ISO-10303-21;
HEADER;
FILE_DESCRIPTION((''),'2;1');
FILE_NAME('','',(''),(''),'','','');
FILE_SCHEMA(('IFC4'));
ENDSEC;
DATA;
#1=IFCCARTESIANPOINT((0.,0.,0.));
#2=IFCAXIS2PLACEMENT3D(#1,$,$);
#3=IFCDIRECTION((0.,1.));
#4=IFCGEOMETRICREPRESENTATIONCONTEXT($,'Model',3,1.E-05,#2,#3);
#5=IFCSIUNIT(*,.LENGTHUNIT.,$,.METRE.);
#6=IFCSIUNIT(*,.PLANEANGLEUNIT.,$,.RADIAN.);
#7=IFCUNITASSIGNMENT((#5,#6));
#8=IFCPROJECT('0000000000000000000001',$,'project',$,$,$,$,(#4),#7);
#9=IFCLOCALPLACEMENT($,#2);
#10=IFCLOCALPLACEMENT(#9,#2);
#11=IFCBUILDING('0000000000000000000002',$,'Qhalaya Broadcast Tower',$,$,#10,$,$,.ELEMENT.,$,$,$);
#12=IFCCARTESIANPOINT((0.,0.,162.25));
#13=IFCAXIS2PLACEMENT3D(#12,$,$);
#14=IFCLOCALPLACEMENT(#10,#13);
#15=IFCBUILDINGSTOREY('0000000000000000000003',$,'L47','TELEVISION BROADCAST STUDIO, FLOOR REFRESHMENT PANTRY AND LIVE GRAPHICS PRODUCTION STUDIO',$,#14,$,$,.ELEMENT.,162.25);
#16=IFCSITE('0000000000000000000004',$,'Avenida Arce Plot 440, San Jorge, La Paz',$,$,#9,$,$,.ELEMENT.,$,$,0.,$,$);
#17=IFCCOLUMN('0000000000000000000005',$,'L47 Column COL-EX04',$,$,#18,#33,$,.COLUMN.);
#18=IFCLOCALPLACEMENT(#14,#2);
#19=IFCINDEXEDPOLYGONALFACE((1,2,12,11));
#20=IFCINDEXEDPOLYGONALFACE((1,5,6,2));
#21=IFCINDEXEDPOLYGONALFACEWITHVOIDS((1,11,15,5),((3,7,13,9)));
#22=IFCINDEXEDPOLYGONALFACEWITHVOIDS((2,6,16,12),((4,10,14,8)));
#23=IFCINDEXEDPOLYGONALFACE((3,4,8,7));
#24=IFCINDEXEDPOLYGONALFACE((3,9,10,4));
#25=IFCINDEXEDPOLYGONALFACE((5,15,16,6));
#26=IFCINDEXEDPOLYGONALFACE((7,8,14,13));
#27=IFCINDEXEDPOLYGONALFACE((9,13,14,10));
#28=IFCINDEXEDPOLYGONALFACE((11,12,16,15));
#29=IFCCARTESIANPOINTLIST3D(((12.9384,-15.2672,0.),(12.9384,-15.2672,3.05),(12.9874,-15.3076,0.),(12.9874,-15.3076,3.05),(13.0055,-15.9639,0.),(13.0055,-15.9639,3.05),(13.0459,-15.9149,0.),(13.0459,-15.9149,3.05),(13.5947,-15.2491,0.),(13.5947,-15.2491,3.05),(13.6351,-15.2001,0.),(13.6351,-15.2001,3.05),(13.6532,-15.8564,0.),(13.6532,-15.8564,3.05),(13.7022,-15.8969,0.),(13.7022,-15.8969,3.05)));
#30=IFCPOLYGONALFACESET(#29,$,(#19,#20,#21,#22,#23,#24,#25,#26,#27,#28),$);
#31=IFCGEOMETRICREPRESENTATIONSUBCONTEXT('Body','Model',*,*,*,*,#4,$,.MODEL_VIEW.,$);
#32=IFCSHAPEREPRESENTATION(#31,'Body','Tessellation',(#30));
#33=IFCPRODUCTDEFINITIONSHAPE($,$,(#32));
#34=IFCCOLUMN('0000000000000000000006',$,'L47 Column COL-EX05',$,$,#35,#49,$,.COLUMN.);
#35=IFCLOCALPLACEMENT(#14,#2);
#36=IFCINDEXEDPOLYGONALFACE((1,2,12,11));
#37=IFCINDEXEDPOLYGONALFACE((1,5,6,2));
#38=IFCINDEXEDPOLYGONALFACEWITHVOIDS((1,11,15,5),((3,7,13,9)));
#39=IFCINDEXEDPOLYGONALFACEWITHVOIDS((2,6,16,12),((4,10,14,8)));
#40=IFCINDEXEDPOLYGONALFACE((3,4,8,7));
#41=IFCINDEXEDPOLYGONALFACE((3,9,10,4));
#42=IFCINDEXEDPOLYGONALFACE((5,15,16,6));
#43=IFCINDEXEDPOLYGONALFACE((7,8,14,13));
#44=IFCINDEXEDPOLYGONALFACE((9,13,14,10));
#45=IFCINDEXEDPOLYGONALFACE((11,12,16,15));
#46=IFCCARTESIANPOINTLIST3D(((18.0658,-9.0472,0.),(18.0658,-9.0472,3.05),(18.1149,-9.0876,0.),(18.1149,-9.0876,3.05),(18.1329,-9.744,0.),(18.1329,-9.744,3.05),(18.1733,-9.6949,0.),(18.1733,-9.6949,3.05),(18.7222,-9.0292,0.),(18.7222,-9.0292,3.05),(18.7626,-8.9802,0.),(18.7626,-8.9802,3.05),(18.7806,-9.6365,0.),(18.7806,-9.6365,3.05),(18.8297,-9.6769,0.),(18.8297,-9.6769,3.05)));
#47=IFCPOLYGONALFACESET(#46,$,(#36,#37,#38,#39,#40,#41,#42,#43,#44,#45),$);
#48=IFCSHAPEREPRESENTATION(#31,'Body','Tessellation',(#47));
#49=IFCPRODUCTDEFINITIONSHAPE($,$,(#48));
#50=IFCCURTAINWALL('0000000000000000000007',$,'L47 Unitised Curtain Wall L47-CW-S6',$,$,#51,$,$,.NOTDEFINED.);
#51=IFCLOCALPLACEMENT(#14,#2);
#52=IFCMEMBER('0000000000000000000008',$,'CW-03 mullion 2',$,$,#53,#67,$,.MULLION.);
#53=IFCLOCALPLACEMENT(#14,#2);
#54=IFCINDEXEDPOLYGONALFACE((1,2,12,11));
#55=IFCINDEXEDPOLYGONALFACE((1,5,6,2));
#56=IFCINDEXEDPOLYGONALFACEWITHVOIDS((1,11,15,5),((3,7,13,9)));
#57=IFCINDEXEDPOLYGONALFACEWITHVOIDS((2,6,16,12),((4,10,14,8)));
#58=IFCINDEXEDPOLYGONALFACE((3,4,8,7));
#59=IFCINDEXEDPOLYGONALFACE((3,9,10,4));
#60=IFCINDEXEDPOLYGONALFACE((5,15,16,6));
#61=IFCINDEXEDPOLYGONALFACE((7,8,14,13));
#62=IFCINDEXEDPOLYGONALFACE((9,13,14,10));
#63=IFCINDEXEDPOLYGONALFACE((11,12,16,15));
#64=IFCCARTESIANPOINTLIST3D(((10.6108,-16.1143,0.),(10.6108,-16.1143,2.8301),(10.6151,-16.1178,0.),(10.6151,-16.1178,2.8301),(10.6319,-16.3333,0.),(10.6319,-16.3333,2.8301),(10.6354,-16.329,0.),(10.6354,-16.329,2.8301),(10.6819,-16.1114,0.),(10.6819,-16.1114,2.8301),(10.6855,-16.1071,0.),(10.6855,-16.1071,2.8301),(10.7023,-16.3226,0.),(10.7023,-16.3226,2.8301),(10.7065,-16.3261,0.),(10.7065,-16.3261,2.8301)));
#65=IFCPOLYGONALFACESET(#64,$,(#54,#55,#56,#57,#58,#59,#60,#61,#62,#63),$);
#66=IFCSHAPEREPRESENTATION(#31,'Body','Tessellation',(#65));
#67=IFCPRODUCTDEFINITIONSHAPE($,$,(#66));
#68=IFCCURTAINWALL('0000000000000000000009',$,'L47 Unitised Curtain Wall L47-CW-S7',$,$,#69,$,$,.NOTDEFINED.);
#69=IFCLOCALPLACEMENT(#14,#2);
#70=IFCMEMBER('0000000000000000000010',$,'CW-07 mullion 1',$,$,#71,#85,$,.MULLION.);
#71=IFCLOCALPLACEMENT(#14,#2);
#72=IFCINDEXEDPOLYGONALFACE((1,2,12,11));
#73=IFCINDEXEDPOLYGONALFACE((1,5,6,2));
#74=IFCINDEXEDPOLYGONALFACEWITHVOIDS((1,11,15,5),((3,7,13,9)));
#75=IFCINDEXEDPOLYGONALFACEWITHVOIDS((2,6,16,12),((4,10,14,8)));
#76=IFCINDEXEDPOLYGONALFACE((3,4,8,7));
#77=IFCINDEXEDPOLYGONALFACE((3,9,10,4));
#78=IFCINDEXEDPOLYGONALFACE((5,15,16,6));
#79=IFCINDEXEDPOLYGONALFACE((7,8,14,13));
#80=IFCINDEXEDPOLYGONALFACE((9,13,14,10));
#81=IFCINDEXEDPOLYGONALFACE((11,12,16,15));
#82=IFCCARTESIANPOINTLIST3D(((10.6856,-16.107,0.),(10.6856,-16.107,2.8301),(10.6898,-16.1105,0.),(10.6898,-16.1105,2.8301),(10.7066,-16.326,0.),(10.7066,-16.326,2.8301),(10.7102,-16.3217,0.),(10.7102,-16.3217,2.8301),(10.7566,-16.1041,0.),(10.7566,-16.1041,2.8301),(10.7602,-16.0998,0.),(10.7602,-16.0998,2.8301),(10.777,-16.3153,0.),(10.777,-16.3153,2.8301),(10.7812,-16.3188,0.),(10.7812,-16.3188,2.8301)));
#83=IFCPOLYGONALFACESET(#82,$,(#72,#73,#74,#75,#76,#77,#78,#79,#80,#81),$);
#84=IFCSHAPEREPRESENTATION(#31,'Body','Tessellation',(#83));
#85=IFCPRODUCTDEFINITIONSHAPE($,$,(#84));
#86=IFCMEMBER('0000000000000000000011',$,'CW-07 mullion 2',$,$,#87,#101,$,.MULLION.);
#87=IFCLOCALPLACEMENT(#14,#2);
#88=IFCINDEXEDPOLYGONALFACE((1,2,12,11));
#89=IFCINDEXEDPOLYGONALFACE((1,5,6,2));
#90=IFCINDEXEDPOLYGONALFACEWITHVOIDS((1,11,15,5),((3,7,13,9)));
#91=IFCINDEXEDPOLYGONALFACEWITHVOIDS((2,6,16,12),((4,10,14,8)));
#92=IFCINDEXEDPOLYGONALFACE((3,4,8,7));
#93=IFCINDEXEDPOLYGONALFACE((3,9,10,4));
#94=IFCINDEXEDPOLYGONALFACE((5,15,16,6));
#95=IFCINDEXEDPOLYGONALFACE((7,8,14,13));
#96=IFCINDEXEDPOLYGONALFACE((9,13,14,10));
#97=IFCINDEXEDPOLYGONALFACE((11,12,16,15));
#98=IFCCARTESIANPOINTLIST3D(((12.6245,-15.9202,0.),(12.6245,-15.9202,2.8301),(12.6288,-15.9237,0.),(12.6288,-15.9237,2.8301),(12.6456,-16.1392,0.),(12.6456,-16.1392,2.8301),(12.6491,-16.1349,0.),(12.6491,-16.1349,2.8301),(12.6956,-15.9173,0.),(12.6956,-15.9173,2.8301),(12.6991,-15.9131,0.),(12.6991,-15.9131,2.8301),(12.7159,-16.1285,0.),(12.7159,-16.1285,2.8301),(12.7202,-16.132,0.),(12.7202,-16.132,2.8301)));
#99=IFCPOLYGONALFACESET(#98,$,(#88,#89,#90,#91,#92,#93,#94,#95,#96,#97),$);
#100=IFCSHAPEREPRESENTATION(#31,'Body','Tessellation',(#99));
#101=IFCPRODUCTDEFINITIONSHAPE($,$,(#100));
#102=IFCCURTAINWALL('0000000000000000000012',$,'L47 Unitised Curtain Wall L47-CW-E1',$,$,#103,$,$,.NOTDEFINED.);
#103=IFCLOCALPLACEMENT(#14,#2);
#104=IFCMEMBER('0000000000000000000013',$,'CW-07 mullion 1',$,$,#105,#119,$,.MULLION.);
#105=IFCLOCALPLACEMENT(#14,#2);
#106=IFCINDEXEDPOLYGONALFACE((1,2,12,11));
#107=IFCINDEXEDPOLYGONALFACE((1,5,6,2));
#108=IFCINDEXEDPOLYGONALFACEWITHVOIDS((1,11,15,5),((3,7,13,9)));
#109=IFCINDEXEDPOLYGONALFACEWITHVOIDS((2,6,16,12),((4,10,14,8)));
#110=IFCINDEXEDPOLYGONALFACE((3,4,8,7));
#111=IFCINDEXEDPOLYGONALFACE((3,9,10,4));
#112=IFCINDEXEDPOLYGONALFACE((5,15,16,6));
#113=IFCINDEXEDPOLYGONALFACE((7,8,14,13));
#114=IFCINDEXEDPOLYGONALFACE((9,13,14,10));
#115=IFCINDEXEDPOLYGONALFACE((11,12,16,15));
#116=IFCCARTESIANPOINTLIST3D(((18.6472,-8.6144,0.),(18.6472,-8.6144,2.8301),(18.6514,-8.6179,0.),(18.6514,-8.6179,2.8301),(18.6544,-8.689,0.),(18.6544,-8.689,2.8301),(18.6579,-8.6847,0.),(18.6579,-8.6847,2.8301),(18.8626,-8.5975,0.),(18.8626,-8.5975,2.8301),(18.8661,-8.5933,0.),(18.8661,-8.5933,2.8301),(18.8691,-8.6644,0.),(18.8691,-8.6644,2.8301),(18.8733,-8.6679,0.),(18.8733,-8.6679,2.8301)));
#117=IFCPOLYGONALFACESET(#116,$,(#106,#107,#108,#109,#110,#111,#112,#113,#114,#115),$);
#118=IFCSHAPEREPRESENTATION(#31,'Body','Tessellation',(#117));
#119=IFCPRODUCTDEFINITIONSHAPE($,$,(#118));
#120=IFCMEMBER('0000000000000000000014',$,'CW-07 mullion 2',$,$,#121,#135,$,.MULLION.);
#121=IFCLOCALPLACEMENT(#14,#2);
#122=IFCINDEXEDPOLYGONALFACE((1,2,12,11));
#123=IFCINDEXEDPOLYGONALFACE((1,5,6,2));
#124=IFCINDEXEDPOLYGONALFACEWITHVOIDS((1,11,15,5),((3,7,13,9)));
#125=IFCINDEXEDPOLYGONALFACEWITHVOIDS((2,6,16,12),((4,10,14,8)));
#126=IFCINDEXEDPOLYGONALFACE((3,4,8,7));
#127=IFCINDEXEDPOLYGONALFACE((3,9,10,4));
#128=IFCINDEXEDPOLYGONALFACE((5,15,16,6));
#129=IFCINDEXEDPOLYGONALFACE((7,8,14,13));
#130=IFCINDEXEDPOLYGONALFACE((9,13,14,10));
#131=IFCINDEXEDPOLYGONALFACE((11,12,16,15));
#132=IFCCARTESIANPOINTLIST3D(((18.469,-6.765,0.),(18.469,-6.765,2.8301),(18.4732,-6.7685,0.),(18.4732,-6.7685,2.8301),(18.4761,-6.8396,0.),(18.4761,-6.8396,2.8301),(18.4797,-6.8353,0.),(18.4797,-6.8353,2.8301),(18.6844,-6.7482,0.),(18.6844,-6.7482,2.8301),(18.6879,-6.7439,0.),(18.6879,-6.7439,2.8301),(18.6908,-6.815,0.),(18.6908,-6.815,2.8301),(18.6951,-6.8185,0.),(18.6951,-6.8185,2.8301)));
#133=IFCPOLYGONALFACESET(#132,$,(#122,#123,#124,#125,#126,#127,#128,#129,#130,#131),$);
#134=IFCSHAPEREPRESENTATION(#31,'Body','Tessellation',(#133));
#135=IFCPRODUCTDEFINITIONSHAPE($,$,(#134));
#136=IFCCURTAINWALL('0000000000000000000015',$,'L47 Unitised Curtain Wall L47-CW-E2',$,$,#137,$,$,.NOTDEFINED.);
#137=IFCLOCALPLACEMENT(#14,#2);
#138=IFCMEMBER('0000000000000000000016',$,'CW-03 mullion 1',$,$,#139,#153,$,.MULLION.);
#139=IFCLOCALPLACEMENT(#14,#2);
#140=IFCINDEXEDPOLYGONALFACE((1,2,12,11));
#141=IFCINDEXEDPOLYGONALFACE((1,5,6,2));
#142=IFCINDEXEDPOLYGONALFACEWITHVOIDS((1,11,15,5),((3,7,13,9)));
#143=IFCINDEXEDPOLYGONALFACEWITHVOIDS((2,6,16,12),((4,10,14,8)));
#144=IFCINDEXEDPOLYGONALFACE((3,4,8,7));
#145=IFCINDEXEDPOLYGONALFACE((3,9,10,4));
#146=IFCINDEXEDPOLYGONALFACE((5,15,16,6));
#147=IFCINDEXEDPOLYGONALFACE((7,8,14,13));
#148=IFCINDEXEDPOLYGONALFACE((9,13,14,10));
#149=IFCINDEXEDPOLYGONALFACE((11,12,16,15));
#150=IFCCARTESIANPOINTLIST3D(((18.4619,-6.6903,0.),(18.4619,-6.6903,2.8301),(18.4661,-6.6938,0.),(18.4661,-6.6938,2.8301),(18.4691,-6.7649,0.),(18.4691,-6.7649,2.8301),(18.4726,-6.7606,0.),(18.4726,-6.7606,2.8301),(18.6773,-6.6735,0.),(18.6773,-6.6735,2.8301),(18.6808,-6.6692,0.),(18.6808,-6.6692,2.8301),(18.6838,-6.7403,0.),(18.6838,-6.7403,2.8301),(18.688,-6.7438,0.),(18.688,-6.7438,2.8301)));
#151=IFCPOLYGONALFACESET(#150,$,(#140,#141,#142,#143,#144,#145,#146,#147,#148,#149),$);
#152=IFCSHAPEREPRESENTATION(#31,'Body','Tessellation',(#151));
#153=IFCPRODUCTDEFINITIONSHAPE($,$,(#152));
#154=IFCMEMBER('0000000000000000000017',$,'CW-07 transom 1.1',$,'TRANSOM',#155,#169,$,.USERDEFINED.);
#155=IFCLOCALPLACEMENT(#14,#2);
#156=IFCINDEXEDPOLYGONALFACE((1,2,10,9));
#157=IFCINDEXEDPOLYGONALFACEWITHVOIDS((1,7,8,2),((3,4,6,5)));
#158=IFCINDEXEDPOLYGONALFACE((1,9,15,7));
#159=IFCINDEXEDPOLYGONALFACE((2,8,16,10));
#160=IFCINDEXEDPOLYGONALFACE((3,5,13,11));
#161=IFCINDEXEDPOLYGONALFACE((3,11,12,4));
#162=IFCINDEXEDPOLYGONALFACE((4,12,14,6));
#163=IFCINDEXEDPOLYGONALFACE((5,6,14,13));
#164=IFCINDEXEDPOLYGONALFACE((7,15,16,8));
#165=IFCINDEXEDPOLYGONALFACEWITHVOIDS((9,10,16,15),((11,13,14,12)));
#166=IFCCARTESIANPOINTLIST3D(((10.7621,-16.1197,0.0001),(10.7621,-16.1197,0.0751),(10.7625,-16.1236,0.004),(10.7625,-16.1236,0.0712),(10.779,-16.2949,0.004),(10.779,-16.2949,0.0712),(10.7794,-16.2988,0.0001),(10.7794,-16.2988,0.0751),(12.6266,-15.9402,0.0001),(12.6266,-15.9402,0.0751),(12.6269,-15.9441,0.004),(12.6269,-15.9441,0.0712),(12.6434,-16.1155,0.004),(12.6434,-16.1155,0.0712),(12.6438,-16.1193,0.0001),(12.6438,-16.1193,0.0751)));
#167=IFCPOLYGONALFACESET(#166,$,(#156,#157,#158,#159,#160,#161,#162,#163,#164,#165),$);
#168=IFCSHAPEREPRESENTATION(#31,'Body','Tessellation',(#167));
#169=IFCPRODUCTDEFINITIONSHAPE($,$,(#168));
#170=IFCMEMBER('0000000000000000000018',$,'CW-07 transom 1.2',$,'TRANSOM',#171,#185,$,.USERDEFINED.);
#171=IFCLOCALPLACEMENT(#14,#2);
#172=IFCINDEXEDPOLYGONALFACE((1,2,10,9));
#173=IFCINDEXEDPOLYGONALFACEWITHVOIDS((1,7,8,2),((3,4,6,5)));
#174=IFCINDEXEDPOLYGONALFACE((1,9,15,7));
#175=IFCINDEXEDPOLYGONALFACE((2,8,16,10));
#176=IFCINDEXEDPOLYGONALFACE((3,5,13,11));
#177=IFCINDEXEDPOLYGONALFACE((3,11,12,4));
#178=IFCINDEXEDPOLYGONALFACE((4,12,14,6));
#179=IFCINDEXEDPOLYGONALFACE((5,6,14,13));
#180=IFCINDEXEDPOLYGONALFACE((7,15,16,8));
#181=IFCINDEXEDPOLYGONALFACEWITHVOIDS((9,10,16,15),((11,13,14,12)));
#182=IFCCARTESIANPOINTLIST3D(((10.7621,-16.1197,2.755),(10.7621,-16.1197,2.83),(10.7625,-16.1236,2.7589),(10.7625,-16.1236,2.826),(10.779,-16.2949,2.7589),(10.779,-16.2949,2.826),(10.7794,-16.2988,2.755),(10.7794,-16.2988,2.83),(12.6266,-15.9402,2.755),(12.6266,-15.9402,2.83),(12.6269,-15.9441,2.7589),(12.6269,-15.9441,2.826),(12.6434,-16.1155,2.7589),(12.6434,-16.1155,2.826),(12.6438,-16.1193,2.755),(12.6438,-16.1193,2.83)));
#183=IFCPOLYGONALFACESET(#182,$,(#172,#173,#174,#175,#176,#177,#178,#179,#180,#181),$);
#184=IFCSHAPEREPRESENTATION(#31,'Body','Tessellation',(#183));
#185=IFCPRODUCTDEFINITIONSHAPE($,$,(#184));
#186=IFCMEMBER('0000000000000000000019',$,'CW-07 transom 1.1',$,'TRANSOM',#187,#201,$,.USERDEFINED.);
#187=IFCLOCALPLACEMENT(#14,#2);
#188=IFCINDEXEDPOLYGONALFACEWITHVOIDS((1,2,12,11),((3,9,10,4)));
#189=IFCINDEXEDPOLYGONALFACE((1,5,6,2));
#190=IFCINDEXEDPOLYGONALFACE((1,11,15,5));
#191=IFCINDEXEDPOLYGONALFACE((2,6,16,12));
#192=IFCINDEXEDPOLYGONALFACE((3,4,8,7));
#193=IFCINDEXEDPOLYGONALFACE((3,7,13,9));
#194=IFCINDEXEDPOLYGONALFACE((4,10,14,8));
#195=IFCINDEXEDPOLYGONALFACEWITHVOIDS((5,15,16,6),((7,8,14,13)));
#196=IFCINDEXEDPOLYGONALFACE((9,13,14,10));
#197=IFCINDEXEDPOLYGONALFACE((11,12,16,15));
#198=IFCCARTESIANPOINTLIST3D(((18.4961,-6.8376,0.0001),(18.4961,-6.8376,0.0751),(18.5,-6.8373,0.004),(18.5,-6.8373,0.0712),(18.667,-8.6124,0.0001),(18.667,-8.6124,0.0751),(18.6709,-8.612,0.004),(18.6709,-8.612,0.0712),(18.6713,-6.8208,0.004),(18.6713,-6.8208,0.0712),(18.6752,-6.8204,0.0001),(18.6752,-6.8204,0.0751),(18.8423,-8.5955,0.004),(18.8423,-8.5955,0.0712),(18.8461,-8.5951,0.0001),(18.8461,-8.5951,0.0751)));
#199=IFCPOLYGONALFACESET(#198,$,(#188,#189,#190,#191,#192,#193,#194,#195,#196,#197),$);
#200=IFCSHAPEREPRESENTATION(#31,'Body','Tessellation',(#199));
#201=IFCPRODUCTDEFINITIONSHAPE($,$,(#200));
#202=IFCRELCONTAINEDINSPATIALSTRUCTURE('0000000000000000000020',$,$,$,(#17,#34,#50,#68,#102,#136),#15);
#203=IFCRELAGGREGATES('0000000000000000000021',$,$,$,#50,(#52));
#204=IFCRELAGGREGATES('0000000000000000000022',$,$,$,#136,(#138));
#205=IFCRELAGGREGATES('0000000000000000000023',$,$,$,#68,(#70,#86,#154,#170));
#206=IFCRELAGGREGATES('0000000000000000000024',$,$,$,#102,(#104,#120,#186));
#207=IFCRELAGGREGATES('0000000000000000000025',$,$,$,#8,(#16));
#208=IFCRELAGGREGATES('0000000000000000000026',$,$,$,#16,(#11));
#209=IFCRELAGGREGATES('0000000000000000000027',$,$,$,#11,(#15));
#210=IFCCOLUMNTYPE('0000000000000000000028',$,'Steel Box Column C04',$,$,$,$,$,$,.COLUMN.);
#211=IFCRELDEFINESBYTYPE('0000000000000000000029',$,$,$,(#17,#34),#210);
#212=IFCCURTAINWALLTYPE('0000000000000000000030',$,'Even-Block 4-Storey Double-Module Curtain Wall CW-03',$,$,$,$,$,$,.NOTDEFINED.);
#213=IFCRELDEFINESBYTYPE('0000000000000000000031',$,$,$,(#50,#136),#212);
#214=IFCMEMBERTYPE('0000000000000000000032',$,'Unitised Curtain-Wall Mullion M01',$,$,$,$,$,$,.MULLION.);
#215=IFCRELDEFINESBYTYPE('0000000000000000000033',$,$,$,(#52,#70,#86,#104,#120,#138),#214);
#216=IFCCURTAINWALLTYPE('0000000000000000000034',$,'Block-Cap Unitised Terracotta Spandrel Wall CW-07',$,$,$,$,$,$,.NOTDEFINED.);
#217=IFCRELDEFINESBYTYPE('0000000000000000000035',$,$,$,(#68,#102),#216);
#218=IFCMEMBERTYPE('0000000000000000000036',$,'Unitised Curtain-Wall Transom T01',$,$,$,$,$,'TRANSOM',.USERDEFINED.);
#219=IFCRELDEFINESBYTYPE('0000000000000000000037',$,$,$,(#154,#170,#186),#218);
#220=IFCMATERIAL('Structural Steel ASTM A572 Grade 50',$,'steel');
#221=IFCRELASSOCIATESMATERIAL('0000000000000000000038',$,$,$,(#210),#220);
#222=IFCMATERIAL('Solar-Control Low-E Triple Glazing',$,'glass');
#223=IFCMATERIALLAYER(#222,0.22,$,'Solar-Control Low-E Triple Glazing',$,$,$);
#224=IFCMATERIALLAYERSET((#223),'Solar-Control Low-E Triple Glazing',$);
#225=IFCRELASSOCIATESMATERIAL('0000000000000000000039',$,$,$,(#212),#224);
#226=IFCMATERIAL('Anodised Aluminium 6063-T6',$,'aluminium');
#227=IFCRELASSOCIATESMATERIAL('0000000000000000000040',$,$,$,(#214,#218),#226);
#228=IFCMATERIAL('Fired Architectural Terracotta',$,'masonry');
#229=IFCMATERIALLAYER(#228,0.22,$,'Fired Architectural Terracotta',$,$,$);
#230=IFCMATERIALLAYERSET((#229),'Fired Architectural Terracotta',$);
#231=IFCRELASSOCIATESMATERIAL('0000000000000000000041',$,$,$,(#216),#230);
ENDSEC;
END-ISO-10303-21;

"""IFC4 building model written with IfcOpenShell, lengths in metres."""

from ifc_helpers import new_model, si_unit, direction, frame, origin, origin_2d, place, context, subcontext, project, spatial, hollow_rectangle, extrude, material, layer, layer_set, material_profile, profile_set, type_object, element, aggregate, save


model = new_model("IFC4")

# Units and contexts
model_context = context("Model", 3, precision=1e-05, world=origin(), true_north=direction((0.0, 1.0)))
body_context = subcontext(model_context, "Body", "Model", "MODEL_VIEW")
ifc_project = project(units=[si_unit("LENGTHUNIT", "METRE"), si_unit("PLANEANGLEUNIT", "RADIAN")], contexts=[model_context])

# Site, building, storey
site_placement = place(None, origin())
site = spatial("IfcSite", under=ifc_project, at=site_placement, Name="Avenida Arce Plot 440, San Jorge, La Paz", CompositionType="ELEMENT", RefElevation=0.0)
building_placement = place(site_placement, origin())
building = spatial("IfcBuilding", under=site, at=building_placement, Name="Qhalaya Broadcast Tower", CompositionType="ELEMENT")
storey_placement = place(building_placement, frame((0.0, 0.0, 162.25)))
storey = spatial("IfcBuildingStorey", under=building, at=storey_placement, Name="L47", Description="TELEVISION BROADCAST STUDIO, FLOOR REFRESHMENT PANTRY AND LIVE GRAPHICS PRODUCTION STUDIO", CompositionType="ELEMENT", Elevation=162.25)

# Columns
ifc_material_1 = material(Name="Structural Steel ASTM A572 Grade 50", Category="steel")
ifc_material_profile_1 = material_profile(ifc_material_1, hollow_rectangle(XDim=0.7, YDim=0.7, WallThickness=0.0449, at=origin_2d()), Name="BOX 700x700x45")
ifc_profile_set_1 = profile_set([ifc_material_profile_1], Name="Structural Steel ASTM A572 Grade 50")
column_type = type_object("IfcColumnType", Name="Steel Box Column C04", PredefinedType="COLUMN", material=ifc_profile_set_1)
for number, where, z_axis, x_axis, name in (
    (1, (13.3203, -15.582, 0.0), (0.0, 0.0, 1.0), (0.995396, 0.095846, 0.0), "L47 Column COL-EX04"),
    (2, (18.4478, -9.3621, 0.0), (0.0, 0.0, 1.0), (-0.095846, 0.995396, 0.0), "L47 Column COL-EX05"),
):
    element("IfcColumn", number, at=place(storey_placement, frame(where, z_axis=z_axis, x_axis=x_axis)), inside=storey, type_object=column_type, Name=name, PredefinedType="COLUMN", context=body_context, shape_type="SweptSolid", body=[
        extrude(hollow_rectangle(XDim=0.7, YDim=0.7, WallThickness=0.0449, at=origin_2d()), origin(), (0.0, 0.0, 1.0), 3.05),
    ])

# Curtain wall, member
ifc_material_2 = material(Name="Solar-Control Low-E Triple Glazing", Category="glass")
ifc_layer_1 = layer(ifc_material_2, 0.22, Name="Solar-Control Low-E Triple Glazing")
ifc_layer_set_1 = layer_set([ifc_layer_1], Name="Solar-Control Low-E Triple Glazing")
curtain_wall_type_1 = type_object("IfcCurtainWallType", Name="Even-Block 4-Storey Double-Module Curtain Wall CW-03", PredefinedType="NOTDEFINED", material=ifc_layer_set_1)
curtain_wall_1_placement = place(storey_placement, origin())
curtain_wall_1 = element("IfcCurtainWall", 3, at=curtain_wall_1_placement, inside=storey, type_object=curtain_wall_type_1, Name="L47 Unitised Curtain Wall L47-CW-S6", PredefinedType="NOTDEFINED")
ifc_material_3 = material(Name="Anodised Aluminium 6063-T6", Category="aluminium")
ifc_material_profile_2 = material_profile(ifc_material_3, hollow_rectangle(XDim=0.075, YDim=0.22, WallThickness=0.0039, at=origin_2d()), Name="ALU-MUL 75x220x4")
ifc_profile_set_2 = profile_set([ifc_material_profile_2], Name="Anodised Aluminium 6063-T6")
member_type_1 = type_object("IfcMemberType", Name="Unitised Curtain-Wall Mullion M01", PredefinedType="MULLION", material=ifc_profile_set_2)
member_1_placement = place(storey_placement, frame((10.6587, -16.2202, 0.0), z_axis=(0.0, 0.0, 1.0), x_axis=(0.995397, 0.095839, 0.0)))
member_1 = element("IfcMember", 4, at=member_1_placement, type_object=member_type_1, Name="CW-03 mullion 2", PredefinedType="MULLION", context=body_context, shape_type="SweptSolid", body=[
    extrude(hollow_rectangle(XDim=0.075, YDim=0.22, WallThickness=0.0039, at=origin_2d()), origin(), (0.0, 0.0, 1.0), 2.8301),
])
aggregate(curtain_wall_1, [member_1])

# Curtain walls, members
ifc_material_4 = material(Name="Fired Architectural Terracotta", Category="masonry")
ifc_layer_2 = layer(ifc_material_4, 0.22, Name="Fired Architectural Terracotta")
ifc_layer_set_2 = layer_set([ifc_layer_2], Name="Fired Architectural Terracotta")
curtain_wall_type_2 = type_object("IfcCurtainWallType", Name="Block-Cap Unitised Terracotta Spandrel Wall CW-07", PredefinedType="NOTDEFINED", material=ifc_layer_set_2)
curtain_wall_2_placement = place(storey_placement, origin())
curtain_wall_2 = element("IfcCurtainWall", 5, at=curtain_wall_2_placement, inside=storey, type_object=curtain_wall_type_2, Name="L47 Unitised Curtain Wall L47-CW-S7", PredefinedType="NOTDEFINED")
member_2_placement = place(storey_placement, frame((10.7334, -16.2129, 0.0), z_axis=(0.0, 0.0, 1.0), x_axis=(0.995396, 0.095847, 0.0)))
member_2 = element("IfcMember", 6, at=member_2_placement, type_object=member_type_1, Name="CW-07 mullion 1", PredefinedType="MULLION", context=body_context, shape_type="SweptSolid", body=[
    extrude(hollow_rectangle(XDim=0.075, YDim=0.22, WallThickness=0.0039, at=origin_2d()), origin(), (0.0, 0.0, 1.0), 2.8301),
])
member_3_placement = place(storey_placement, frame((12.6724, -16.0261, 0.0), z_axis=(0.0, 0.0, 1.0), x_axis=(0.995396, 0.095847, 0.0)))
member_3 = element("IfcMember", 7, at=member_3_placement, type_object=member_type_1, Name="CW-07 mullion 2", PredefinedType="MULLION", context=body_context, shape_type="SweptSolid", body=[
    extrude(hollow_rectangle(XDim=0.075, YDim=0.22, WallThickness=0.0039, at=origin_2d()), origin(), (0.0, 0.0, 1.0), 2.8301),
])
curtain_wall_3_placement = place(storey_placement, origin())
curtain_wall_3 = element("IfcCurtainWall", 8, at=curtain_wall_3_placement, inside=storey, type_object=curtain_wall_type_2, Name="L47 Unitised Curtain Wall L47-CW-E1", PredefinedType="NOTDEFINED")
member_4_placement = place(storey_placement, frame((18.7603, -8.6411, 0.0), z_axis=(0.0, 0.0, 1.0), x_axis=(-0.095861, 0.995395, 0.0)))
member_4 = element("IfcMember", 9, at=member_4_placement, type_object=member_type_1, Name="CW-07 mullion 1", PredefinedType="MULLION", context=body_context, shape_type="SweptSolid", body=[
    extrude(hollow_rectangle(XDim=0.075, YDim=0.22, WallThickness=0.0039, at=origin_2d()), origin(), (0.0, 0.0, 1.0), 2.8301),
])
member_5_placement = place(storey_placement, frame((18.582, -6.7917, 0.0), z_axis=(0.0, 0.0, 1.0), x_axis=(-0.095861, 0.995395, 0.0)))
member_5 = element("IfcMember", 10, at=member_5_placement, type_object=member_type_1, Name="CW-07 mullion 2", PredefinedType="MULLION", context=body_context, shape_type="SweptSolid", body=[
    extrude(hollow_rectangle(XDim=0.075, YDim=0.22, WallThickness=0.0039, at=origin_2d()), origin(), (0.0, 0.0, 1.0), 2.8301),
])

# Curtain wall, member
curtain_wall_4_placement = place(storey_placement, origin())
curtain_wall_4 = element("IfcCurtainWall", 11, at=curtain_wall_4_placement, inside=storey, type_object=curtain_wall_type_1, Name="L47 Unitised Curtain Wall L47-CW-E2", PredefinedType="NOTDEFINED")
member_6_placement = place(storey_placement, frame((18.575, -6.717, 0.0), z_axis=(0.0, 0.0, 1.0), x_axis=(-0.095851, 0.995396, 0.0)))
member_6 = element("IfcMember", 12, at=member_6_placement, type_object=member_type_1, Name="CW-03 mullion 1", PredefinedType="MULLION", context=body_context, shape_type="SweptSolid", body=[
    extrude(hollow_rectangle(XDim=0.075, YDim=0.22, WallThickness=0.0039, at=origin_2d()), origin(), (0.0, 0.0, 1.0), 2.8301),
])
aggregate(curtain_wall_4, [member_6])

# Members
ifc_material_profile_3 = material_profile(ifc_material_3, hollow_rectangle(XDim=0.075, YDim=0.1799, WallThickness=0.0039, at=origin_2d()), Name="ALU-TRN 75x180x4")
ifc_profile_set_3 = profile_set([ifc_material_profile_3], Name="Anodised Aluminium 6063-T6")
member_type_2 = type_object("IfcMemberType", Name="Unitised Curtain-Wall Transom T01", ElementType="TRANSOM", PredefinedType="USERDEFINED", material=ifc_profile_set_3)
member_7_placement = place(storey_placement, frame((10.7708, -16.2092, 0.0376), z_axis=(0.995401, 0.095799, 0.0), x_axis=(0.0, 0.0, 1.0)))
member_7 = element("IfcMember", 13, at=member_7_placement, type_object=member_type_2, Name="CW-07 transom 1.1", ObjectType="TRANSOM", PredefinedType="USERDEFINED", context=body_context, shape_type="SweptSolid", body=[
    extrude(hollow_rectangle(XDim=0.075, YDim=0.1799, WallThickness=0.0039, at=origin_2d()), origin(), (0.0, 0.0, 1.0), 1.873),
])
member_8_placement = place(storey_placement, frame((10.7708, -16.2092, 2.7925), z_axis=(0.995401, 0.095799, 0.0), x_axis=(0.0, 0.0, 1.0)))
member_8 = element("IfcMember", 14, at=member_8_placement, type_object=member_type_2, Name="CW-07 transom 1.2", ObjectType="TRANSOM", PredefinedType="USERDEFINED", context=body_context, shape_type="SweptSolid", body=[
    extrude(hollow_rectangle(XDim=0.075, YDim=0.1799, WallThickness=0.0039, at=origin_2d()), origin(), (0.0, 0.0, 1.0), 1.873),
])
member_9_placement = place(storey_placement, frame((18.7566, -8.6038, 0.0376), z_axis=(-0.095856, 0.995395, 0.0), x_axis=(0.0, 0.0, 1.0)))
member_9 = element("IfcMember", 15, at=member_9_placement, type_object=member_type_2, Name="CW-07 transom 1.1", ObjectType="TRANSOM", PredefinedType="USERDEFINED", context=body_context, shape_type="SweptSolid", body=[
    extrude(hollow_rectangle(XDim=0.075, YDim=0.1799, WallThickness=0.0039, at=origin_2d()), origin(), (0.0, 0.0, 1.0), 1.783),
])

aggregate(curtain_wall_2, [member_2, member_3, member_7, member_8])
aggregate(curtain_wall_3, [member_4, member_5, member_9])

save(model, "model.ifc")
